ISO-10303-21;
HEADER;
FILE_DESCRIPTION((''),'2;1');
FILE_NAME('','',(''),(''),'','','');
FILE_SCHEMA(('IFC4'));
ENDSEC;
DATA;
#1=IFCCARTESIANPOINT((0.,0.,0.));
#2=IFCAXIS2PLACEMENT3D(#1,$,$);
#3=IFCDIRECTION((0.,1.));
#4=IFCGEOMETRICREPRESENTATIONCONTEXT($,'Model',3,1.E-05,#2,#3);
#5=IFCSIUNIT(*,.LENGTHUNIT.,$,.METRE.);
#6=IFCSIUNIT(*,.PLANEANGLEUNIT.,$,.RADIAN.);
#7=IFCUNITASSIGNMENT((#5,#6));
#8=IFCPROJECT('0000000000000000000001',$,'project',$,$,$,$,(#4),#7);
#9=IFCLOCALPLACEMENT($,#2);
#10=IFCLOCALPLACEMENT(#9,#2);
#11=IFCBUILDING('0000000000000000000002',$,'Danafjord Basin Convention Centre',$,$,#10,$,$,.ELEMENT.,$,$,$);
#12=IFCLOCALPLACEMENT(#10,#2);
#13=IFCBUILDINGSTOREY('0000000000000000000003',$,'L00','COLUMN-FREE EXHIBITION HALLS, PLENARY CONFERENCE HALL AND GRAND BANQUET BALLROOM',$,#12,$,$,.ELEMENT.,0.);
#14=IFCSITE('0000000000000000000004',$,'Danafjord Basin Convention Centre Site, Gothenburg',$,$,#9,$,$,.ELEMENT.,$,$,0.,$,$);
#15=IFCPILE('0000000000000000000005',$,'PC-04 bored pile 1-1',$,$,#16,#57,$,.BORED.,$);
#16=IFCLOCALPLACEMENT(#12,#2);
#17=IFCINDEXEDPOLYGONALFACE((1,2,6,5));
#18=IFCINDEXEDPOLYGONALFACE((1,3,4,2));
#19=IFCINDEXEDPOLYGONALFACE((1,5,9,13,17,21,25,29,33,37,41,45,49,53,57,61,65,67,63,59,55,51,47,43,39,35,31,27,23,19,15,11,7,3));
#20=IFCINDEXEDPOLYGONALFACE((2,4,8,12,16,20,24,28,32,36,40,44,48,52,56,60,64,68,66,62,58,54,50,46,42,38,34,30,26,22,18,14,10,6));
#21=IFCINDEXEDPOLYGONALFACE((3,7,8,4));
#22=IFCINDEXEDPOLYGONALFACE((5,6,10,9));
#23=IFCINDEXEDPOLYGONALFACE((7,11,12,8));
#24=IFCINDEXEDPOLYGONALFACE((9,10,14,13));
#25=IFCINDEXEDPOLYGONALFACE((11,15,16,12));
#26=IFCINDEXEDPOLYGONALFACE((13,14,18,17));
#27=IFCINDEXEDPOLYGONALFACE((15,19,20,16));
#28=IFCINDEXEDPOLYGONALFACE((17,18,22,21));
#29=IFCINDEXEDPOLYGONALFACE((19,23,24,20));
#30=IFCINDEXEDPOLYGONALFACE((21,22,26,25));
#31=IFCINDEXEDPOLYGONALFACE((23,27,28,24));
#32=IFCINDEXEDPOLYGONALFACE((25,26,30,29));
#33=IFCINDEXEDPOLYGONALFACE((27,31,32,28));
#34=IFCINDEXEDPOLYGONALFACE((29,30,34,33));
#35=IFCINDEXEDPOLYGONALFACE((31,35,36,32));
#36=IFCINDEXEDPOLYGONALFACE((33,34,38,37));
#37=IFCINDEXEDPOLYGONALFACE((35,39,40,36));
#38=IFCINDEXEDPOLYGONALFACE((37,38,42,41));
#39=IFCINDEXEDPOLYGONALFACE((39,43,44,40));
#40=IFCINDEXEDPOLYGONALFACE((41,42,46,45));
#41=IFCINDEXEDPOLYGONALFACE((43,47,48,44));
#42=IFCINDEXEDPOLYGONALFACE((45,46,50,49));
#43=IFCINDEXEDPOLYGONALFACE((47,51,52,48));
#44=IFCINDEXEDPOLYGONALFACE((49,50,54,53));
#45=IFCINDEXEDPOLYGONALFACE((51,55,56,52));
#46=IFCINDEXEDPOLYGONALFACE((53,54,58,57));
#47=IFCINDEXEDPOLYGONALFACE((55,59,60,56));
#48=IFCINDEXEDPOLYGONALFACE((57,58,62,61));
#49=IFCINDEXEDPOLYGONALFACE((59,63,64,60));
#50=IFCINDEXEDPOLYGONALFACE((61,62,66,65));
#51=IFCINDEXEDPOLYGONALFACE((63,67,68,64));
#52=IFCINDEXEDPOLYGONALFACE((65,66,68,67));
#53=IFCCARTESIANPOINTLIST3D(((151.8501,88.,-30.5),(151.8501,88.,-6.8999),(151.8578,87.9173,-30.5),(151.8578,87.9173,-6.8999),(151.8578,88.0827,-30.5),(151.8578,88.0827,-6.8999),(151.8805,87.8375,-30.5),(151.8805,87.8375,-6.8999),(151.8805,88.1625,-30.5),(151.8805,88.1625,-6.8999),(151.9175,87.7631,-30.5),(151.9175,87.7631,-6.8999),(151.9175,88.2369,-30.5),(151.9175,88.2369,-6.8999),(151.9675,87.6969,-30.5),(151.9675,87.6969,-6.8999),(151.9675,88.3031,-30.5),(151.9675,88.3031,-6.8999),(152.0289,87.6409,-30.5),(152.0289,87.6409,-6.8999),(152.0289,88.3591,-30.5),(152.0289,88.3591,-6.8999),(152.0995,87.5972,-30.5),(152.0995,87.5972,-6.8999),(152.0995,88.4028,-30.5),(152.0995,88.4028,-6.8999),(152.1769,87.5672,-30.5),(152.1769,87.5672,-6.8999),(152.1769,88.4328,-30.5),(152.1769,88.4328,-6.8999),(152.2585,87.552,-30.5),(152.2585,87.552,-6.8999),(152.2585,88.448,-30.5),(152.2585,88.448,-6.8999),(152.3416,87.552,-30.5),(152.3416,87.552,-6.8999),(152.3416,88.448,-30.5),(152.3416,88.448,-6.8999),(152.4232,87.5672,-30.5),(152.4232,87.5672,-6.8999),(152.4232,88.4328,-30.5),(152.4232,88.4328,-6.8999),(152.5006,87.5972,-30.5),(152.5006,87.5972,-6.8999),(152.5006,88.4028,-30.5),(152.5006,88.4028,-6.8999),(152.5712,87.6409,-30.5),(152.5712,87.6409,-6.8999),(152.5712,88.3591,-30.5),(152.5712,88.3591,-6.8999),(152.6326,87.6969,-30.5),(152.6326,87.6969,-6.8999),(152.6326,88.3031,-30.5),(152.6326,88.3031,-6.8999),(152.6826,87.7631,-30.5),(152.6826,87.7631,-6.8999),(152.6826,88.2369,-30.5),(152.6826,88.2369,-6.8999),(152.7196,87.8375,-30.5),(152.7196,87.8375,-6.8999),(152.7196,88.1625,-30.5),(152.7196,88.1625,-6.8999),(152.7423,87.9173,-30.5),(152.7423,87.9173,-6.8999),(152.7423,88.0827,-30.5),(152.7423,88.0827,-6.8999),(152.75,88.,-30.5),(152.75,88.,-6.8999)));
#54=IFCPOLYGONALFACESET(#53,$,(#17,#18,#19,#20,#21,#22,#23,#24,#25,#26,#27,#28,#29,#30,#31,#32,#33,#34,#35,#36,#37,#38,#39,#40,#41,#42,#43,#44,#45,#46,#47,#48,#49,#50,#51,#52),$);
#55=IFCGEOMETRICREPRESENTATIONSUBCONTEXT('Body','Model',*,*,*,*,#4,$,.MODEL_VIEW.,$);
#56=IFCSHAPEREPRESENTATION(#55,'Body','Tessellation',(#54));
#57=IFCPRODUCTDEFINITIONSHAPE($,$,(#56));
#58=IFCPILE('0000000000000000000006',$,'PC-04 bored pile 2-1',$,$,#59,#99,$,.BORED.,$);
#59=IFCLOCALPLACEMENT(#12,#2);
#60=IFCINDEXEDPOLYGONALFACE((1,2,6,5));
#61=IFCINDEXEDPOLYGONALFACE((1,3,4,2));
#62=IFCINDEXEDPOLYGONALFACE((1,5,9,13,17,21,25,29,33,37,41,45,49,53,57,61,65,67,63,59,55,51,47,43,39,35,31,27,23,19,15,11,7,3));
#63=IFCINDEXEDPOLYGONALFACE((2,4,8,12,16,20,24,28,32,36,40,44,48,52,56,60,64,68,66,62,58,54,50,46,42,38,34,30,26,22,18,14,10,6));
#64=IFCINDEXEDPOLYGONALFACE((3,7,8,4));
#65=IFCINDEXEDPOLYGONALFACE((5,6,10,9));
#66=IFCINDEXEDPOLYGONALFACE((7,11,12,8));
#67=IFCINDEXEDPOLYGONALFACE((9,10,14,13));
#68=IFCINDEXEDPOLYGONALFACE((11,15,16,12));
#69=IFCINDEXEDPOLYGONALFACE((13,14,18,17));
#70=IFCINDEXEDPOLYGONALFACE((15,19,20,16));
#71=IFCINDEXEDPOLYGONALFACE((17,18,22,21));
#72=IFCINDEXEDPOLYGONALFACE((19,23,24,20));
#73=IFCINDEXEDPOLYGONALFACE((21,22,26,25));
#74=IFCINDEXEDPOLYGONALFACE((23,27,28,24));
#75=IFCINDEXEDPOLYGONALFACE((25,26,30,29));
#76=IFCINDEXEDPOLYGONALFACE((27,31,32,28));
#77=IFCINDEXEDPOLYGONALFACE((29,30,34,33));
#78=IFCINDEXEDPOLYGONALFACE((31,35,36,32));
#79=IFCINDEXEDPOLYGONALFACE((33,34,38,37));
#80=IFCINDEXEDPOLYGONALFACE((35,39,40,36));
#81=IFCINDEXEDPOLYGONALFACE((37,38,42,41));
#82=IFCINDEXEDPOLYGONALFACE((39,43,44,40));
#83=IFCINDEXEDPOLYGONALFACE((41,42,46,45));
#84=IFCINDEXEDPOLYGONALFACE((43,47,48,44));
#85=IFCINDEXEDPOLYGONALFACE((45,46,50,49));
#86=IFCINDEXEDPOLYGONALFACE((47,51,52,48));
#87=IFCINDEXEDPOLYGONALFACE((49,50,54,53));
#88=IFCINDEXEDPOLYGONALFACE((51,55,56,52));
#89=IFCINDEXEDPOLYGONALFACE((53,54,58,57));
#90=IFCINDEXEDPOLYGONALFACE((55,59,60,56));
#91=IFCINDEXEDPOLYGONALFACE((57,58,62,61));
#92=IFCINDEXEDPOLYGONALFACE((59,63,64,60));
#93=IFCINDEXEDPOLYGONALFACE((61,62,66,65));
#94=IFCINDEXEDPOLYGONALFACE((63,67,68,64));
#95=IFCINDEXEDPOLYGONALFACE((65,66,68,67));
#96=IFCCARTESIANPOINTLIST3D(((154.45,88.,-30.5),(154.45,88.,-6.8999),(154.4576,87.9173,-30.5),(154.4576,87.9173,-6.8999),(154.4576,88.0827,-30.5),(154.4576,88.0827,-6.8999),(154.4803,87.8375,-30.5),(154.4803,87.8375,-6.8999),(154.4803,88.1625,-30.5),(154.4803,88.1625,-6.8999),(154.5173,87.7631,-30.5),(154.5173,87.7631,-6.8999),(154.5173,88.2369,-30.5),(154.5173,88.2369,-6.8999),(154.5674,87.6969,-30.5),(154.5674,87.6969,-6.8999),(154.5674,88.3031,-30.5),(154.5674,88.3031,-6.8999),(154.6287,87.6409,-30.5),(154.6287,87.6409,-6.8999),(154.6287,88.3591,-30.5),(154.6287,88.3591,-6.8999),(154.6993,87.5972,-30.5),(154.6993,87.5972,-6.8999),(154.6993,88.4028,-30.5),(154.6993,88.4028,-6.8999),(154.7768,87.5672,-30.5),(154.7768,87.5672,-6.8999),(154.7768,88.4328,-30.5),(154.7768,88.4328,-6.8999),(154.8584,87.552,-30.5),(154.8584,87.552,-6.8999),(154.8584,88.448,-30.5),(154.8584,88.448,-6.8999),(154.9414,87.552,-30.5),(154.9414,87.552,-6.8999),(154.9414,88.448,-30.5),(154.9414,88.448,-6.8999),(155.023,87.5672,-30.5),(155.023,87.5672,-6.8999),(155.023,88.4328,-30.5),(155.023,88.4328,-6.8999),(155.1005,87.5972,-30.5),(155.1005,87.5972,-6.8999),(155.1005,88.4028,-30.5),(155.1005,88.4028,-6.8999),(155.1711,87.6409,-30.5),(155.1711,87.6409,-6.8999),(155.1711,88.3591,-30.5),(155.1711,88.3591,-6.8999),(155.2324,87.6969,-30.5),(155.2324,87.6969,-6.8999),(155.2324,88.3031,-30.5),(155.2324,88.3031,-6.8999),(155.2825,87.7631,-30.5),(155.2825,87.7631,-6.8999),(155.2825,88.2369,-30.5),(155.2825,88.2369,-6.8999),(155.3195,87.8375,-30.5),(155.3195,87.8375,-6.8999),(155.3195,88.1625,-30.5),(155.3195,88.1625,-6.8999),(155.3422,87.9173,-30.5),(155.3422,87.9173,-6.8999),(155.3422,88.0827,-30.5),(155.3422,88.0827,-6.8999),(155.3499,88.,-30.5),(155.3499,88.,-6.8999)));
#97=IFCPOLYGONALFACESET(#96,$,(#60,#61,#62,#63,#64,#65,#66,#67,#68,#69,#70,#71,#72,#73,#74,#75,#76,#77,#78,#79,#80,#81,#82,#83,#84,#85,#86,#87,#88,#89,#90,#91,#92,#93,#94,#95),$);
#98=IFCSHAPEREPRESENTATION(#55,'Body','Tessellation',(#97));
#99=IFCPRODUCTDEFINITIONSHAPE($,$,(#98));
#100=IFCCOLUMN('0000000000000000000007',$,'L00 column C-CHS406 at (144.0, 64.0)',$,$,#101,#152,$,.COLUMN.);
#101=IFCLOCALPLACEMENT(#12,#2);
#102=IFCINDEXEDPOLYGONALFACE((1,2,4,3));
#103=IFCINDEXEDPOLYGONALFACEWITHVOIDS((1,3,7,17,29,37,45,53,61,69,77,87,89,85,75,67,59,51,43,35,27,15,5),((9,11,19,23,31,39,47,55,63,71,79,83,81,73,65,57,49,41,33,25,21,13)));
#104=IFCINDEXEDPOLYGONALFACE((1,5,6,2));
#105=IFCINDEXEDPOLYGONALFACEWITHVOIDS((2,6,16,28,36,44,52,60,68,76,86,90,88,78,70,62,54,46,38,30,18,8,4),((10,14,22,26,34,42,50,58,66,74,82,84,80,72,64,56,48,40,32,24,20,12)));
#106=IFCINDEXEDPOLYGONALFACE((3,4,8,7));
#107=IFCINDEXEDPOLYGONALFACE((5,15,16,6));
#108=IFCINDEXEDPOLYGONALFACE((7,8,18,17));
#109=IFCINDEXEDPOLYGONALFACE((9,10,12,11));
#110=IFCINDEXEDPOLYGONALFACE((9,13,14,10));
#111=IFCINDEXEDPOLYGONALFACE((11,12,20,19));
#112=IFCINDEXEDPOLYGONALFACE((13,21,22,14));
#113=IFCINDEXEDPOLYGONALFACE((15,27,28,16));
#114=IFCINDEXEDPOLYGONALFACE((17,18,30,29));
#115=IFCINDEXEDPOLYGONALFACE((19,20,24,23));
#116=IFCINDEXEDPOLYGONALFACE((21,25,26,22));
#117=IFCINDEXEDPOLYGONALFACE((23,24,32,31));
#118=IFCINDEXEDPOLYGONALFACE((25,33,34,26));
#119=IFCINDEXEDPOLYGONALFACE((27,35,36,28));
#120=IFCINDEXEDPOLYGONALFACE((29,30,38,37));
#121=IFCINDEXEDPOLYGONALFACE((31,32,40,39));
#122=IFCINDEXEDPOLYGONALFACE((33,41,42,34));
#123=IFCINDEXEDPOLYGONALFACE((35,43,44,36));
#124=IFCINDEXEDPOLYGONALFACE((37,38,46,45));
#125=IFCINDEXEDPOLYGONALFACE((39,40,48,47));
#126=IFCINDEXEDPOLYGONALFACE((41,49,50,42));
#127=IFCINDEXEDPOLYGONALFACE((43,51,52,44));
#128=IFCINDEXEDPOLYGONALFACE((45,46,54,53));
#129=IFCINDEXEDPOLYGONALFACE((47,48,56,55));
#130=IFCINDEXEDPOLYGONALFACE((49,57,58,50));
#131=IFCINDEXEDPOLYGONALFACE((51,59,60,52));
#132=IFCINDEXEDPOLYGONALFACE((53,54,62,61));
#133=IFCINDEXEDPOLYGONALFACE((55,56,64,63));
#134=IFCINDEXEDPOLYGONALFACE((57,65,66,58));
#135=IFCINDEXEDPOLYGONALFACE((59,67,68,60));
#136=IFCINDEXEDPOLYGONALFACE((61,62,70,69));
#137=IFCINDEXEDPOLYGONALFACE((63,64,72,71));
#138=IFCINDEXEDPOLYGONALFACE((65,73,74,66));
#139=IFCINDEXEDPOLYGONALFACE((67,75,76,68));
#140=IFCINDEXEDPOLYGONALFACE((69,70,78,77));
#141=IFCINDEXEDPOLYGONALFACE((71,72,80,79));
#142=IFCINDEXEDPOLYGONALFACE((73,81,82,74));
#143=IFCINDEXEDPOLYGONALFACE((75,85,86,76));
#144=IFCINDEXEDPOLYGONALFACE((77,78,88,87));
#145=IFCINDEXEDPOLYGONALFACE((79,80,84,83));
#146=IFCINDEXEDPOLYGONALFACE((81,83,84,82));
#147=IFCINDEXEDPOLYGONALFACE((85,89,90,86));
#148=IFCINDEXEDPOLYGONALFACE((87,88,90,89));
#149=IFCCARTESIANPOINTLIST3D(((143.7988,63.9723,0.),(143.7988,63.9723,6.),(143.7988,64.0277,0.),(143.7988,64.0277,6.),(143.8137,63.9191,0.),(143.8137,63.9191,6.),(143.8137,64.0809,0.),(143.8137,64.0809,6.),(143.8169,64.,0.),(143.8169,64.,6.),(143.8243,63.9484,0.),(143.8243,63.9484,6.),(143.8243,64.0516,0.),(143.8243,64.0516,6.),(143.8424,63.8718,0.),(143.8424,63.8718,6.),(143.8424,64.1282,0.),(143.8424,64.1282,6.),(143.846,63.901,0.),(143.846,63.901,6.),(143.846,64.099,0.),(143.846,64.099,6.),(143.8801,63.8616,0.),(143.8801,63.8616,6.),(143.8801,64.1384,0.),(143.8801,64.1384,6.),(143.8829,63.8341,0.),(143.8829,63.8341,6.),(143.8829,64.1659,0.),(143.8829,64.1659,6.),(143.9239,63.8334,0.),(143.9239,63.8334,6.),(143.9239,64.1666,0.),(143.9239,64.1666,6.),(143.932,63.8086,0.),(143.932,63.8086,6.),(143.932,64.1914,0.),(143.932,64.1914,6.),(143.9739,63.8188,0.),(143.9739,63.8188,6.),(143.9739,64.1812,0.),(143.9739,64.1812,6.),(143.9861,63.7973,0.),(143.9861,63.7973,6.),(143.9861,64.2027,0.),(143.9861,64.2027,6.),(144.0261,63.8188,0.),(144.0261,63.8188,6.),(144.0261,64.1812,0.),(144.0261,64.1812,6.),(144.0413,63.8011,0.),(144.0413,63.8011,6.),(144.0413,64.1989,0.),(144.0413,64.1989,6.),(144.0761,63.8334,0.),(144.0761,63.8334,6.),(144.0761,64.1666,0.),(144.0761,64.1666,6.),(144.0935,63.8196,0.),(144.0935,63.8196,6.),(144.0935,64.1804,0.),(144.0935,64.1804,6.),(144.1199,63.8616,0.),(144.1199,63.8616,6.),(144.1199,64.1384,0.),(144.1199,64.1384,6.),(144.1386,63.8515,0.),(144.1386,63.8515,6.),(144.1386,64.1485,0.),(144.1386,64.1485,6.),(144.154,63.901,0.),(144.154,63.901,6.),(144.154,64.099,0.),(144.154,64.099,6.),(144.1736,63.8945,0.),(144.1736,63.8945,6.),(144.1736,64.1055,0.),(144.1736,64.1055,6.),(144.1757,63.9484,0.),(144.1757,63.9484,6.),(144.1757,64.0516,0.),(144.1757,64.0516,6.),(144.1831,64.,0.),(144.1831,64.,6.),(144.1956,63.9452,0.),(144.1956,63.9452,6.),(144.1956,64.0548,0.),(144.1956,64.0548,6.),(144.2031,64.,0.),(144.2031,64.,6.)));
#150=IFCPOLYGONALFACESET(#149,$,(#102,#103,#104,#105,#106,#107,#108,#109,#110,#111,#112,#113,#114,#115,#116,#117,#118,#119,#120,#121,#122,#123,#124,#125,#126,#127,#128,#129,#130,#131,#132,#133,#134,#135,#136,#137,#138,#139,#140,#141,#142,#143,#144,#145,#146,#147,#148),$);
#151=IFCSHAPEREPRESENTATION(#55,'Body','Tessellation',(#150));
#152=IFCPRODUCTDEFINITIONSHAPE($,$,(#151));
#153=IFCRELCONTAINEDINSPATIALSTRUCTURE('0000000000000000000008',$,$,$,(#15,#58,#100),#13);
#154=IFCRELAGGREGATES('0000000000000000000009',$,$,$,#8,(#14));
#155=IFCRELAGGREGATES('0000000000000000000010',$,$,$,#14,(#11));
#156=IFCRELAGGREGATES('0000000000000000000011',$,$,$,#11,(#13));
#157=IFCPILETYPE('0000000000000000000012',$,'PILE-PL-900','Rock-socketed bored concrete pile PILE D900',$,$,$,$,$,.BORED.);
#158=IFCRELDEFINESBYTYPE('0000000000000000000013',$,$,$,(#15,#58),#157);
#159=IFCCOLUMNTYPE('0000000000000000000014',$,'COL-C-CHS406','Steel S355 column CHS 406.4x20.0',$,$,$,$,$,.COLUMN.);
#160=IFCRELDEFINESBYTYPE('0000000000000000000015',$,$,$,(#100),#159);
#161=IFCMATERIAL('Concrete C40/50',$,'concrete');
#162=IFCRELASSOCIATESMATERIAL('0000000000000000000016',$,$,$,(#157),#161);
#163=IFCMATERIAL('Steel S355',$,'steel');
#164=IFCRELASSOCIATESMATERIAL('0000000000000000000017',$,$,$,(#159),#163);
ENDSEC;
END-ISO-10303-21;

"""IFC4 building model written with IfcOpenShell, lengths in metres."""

from ifc_helpers import new_model, si_unit, direction, frame, origin, origin_2d, place, context, subcontext, project, spatial, circle, hollow_circle, extrude, material, material_profile, profile_set, type_object, element, save


model = new_model("IFC4")

# Units and contexts
model_context = context("Model", 3, precision=1e-05, world=origin(), true_north=direction((0.0, 1.0)))
body_context = subcontext(model_context, "Body", "Model", "MODEL_VIEW")
ifc_project = project(units=[si_unit("LENGTHUNIT", "METRE"), si_unit("PLANEANGLEUNIT", "RADIAN")], contexts=[model_context])

# Site, building, storey
site_placement = place(None, origin())
site = spatial("IfcSite", under=ifc_project, at=site_placement, Name="Danafjord Basin Convention Centre Site, Gothenburg", CompositionType="ELEMENT", RefElevation=0.0)
building_placement = place(site_placement, origin())
building = spatial("IfcBuilding", under=site, at=building_placement, Name="Danafjord Basin Convention Centre", CompositionType="ELEMENT")
storey_placement = place(building_placement, origin())
storey = spatial("IfcBuildingStorey", under=building, at=storey_placement, Name="L00", Description="COLUMN-FREE EXHIBITION HALLS, PLENARY CONFERENCE HALL AND GRAND BANQUET BALLROOM", CompositionType="ELEMENT", Elevation=0.0)

# Shared definitions
ifc_material_1 = material(Name="Concrete C40/50", Category="concrete")

# Piles
ifc_material_profile_1 = material_profile(ifc_material_1, circle(Radius=0.45, at=origin_2d()), Name="PILE D900")
ifc_profile_set_1 = profile_set([ifc_material_profile_1], Name="Concrete C40/50")
pile_type_1 = type_object("IfcPileType", Name="PILE-PL-900", Description="Rock-socketed bored concrete pile PILE D900", PredefinedType="BORED", material=ifc_profile_set_1)
for number, where, z_axis, x_axis, name in (
    (1, (152.3, 88.0, -6.8999), (0.0, 0.0, -1.0), (1.0, 0.0, 0.0), "PC-04 bored pile 1-1"),
    (2, (154.8999, 88.0, -6.8999), (0.0, 0.0, -1.0), (1.0, 0.0, 0.0), "PC-04 bored pile 2-1"),
):
    element("IfcPile", number, at=place(storey_placement, frame(where, z_axis=z_axis, x_axis=x_axis)), inside=storey, type_object=pile_type_1, Name=name, PredefinedType="BORED", context=body_context, shape_type="SweptSolid", body=[
        extrude(circle(Radius=0.45, at=origin_2d()), origin(), (0.0, 0.0, 1.0), 23.6001),
    ])

# Column
ifc_material_2 = material(Name="Steel S355", Category="steel")
ifc_material_profile_2 = material_profile(ifc_material_2, hollow_circle(Radius=0.2031, WallThickness=0.02, at=origin_2d()), Name="CHS 406.4x20.0")
ifc_profile_set_2 = profile_set([ifc_material_profile_2], Name="Steel S355")
column_type_1 = type_object("IfcColumnType", Name="COL-C-CHS406", Description="Steel S355 column CHS 406.4x20.0", PredefinedType="COLUMN", material=ifc_profile_set_2)
column_1_placement = place(storey_placement, frame((144.0, 64.0, 0.0), z_axis=(0.0, 0.0, 1.0), x_axis=(1.0, 0.0, 0.0)))
element("IfcColumn", 3, at=column_1_placement, inside=storey, type_object=column_type_1, Name="L00 column C-CHS406 at (144.0, 64.0)", PredefinedType="COLUMN", context=body_context, shape_type="SweptSolid", body=[
    extrude(hollow_circle(Radius=0.2031, WallThickness=0.02, at=origin_2d()), origin(), (0.0, 0.0, 1.0), 6.0),
])

save(model, "model.ifc")
